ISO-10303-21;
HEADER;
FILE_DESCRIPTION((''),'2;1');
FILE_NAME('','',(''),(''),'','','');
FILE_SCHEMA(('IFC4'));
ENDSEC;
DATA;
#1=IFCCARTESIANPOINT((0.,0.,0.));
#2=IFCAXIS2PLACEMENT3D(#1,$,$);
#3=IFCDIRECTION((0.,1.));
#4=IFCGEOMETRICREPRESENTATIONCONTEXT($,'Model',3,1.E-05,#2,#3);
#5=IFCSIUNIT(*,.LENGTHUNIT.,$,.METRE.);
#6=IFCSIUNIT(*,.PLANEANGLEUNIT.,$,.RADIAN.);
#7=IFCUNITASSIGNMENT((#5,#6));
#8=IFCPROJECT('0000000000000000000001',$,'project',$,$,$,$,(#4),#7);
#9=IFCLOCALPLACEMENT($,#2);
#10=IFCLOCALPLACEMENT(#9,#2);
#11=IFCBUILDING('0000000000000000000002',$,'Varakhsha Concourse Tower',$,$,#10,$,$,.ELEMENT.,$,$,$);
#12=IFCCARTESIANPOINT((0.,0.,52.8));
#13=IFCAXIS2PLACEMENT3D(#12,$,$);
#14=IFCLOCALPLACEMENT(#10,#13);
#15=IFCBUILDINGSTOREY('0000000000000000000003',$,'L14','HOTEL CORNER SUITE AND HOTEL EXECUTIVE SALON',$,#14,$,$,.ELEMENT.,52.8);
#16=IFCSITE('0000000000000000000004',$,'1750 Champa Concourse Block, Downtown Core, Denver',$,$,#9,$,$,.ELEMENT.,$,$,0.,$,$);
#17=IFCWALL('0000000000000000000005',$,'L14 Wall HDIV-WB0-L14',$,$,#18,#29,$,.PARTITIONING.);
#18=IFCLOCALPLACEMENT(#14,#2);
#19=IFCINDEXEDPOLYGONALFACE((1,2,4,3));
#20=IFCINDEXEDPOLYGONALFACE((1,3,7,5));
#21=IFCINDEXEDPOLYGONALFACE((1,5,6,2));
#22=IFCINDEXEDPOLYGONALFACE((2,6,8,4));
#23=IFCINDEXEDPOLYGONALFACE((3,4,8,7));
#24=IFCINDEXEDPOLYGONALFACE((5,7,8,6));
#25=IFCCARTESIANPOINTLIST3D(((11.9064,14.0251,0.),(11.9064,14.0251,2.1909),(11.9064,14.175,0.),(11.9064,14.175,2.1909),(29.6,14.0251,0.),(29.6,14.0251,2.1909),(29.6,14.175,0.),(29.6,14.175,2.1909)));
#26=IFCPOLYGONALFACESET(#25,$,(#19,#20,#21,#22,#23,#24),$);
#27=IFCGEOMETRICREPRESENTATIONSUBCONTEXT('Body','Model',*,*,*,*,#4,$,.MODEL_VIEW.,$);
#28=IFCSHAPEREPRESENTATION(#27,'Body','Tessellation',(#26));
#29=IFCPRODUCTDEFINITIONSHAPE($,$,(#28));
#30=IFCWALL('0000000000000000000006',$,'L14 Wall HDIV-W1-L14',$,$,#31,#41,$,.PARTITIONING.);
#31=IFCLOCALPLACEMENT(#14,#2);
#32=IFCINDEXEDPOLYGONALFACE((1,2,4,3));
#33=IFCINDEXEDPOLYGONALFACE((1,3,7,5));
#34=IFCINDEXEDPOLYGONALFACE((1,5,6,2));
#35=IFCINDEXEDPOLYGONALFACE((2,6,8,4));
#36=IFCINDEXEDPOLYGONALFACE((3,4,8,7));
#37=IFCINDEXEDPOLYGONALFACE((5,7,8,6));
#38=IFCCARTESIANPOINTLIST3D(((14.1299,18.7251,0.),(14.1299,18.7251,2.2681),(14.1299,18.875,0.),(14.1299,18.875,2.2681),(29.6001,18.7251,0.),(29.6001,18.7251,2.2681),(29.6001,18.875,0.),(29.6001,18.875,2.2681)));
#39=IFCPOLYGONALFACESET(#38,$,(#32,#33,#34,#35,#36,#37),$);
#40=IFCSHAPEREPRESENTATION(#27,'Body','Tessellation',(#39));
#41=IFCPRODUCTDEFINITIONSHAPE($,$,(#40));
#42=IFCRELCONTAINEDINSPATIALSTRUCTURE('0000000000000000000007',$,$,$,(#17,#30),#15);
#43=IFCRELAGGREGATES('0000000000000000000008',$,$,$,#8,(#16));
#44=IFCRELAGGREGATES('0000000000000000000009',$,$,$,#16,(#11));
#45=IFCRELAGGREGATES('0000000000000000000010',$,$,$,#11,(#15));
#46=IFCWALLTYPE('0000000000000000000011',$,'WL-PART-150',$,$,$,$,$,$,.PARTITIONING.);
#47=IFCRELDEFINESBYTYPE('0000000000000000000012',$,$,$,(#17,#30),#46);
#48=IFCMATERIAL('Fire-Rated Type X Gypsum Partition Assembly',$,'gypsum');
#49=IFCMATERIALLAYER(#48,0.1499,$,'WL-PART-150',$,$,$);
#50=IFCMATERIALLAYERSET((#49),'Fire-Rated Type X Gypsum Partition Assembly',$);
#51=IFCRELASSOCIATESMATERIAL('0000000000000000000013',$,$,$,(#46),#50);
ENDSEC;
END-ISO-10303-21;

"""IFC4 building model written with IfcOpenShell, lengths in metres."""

from ifc_helpers import new_model, si_unit, direction, frame, frame_2d, origin, place, context, subcontext, project, spatial, rectangle, extrude, material, layer, layer_set, type_object, element, save


model = new_model("IFC4")

# Units and contexts
model_context = context("Model", 3, precision=1e-05, world=origin(), true_north=direction((0.0, 1.0)))
body_context = subcontext(model_context, "Body", "Model", "MODEL_VIEW")
ifc_project = project(units=[si_unit("LENGTHUNIT", "METRE"), si_unit("PLANEANGLEUNIT", "RADIAN")], contexts=[model_context])

# Site, building, storey
site_placement = place(None, origin())
site = spatial("IfcSite", under=ifc_project, at=site_placement, Name="1750 Champa Concourse Block, Downtown Core, Denver", CompositionType="ELEMENT", RefElevation=0.0)
building_placement = place(site_placement, origin())
building = spatial("IfcBuilding", under=site, at=building_placement, Name="Varakhsha Concourse Tower", CompositionType="ELEMENT")
storey_placement = place(building_placement, frame((0.0, 0.0, 52.8)))
storey = spatial("IfcBuildingStorey", under=building, at=storey_placement, Name="L14", Description="HOTEL CORNER SUITE AND HOTEL EXECUTIVE SALON", CompositionType="ELEMENT", Elevation=52.8)

# Walls
ifc_material_1 = material(Name="Fire-Rated Type X Gypsum Partition Assembly", Category="gypsum")
ifc_layer_1 = layer(ifc_material_1, 0.1499, Name="WL-PART-150")
ifc_layer_set_1 = layer_set([ifc_layer_1], Name="Fire-Rated Type X Gypsum Partition Assembly")
wall_type_1 = type_object("IfcWallType", Name="WL-PART-150", PredefinedType="PARTITIONING", material=ifc_layer_set_1)
wall_1_placement = place(storey_placement, frame((11.9065, 14.1001, 0.0), z_axis=(0.0, 0.0, 1.0), x_axis=(1.0, 0.0, 0.0)))
element("IfcWall", 1, at=wall_1_placement, inside=storey, type_object=wall_type_1, Name="L14 Wall HDIV-WB0-L14", PredefinedType="PARTITIONING", context=body_context, shape_type="SweptSolid", body=[
    extrude(rectangle(XDim=17.6936, YDim=0.1499, at=frame_2d((8.8467, 0.0))), origin(), (0.0, 0.0, 1.0), 2.1909),
])
wall_2_placement = place(storey_placement, frame((14.1299, 18.8, 0.0), z_axis=(0.0, 0.0, 1.0), x_axis=(1.0, 0.0, 0.0)))
element("IfcWall", 2, at=wall_2_placement, inside=storey, type_object=wall_type_1, Name="L14 Wall HDIV-W1-L14", PredefinedType="PARTITIONING", context=body_context, shape_type="SweptSolid", body=[
    extrude(rectangle(XDim=15.4702, YDim=0.1499, at=frame_2d((7.7351, 0.0))), origin(), (0.0, 0.0, 1.0), 2.2681),
])

save(model, "model.ifc")
